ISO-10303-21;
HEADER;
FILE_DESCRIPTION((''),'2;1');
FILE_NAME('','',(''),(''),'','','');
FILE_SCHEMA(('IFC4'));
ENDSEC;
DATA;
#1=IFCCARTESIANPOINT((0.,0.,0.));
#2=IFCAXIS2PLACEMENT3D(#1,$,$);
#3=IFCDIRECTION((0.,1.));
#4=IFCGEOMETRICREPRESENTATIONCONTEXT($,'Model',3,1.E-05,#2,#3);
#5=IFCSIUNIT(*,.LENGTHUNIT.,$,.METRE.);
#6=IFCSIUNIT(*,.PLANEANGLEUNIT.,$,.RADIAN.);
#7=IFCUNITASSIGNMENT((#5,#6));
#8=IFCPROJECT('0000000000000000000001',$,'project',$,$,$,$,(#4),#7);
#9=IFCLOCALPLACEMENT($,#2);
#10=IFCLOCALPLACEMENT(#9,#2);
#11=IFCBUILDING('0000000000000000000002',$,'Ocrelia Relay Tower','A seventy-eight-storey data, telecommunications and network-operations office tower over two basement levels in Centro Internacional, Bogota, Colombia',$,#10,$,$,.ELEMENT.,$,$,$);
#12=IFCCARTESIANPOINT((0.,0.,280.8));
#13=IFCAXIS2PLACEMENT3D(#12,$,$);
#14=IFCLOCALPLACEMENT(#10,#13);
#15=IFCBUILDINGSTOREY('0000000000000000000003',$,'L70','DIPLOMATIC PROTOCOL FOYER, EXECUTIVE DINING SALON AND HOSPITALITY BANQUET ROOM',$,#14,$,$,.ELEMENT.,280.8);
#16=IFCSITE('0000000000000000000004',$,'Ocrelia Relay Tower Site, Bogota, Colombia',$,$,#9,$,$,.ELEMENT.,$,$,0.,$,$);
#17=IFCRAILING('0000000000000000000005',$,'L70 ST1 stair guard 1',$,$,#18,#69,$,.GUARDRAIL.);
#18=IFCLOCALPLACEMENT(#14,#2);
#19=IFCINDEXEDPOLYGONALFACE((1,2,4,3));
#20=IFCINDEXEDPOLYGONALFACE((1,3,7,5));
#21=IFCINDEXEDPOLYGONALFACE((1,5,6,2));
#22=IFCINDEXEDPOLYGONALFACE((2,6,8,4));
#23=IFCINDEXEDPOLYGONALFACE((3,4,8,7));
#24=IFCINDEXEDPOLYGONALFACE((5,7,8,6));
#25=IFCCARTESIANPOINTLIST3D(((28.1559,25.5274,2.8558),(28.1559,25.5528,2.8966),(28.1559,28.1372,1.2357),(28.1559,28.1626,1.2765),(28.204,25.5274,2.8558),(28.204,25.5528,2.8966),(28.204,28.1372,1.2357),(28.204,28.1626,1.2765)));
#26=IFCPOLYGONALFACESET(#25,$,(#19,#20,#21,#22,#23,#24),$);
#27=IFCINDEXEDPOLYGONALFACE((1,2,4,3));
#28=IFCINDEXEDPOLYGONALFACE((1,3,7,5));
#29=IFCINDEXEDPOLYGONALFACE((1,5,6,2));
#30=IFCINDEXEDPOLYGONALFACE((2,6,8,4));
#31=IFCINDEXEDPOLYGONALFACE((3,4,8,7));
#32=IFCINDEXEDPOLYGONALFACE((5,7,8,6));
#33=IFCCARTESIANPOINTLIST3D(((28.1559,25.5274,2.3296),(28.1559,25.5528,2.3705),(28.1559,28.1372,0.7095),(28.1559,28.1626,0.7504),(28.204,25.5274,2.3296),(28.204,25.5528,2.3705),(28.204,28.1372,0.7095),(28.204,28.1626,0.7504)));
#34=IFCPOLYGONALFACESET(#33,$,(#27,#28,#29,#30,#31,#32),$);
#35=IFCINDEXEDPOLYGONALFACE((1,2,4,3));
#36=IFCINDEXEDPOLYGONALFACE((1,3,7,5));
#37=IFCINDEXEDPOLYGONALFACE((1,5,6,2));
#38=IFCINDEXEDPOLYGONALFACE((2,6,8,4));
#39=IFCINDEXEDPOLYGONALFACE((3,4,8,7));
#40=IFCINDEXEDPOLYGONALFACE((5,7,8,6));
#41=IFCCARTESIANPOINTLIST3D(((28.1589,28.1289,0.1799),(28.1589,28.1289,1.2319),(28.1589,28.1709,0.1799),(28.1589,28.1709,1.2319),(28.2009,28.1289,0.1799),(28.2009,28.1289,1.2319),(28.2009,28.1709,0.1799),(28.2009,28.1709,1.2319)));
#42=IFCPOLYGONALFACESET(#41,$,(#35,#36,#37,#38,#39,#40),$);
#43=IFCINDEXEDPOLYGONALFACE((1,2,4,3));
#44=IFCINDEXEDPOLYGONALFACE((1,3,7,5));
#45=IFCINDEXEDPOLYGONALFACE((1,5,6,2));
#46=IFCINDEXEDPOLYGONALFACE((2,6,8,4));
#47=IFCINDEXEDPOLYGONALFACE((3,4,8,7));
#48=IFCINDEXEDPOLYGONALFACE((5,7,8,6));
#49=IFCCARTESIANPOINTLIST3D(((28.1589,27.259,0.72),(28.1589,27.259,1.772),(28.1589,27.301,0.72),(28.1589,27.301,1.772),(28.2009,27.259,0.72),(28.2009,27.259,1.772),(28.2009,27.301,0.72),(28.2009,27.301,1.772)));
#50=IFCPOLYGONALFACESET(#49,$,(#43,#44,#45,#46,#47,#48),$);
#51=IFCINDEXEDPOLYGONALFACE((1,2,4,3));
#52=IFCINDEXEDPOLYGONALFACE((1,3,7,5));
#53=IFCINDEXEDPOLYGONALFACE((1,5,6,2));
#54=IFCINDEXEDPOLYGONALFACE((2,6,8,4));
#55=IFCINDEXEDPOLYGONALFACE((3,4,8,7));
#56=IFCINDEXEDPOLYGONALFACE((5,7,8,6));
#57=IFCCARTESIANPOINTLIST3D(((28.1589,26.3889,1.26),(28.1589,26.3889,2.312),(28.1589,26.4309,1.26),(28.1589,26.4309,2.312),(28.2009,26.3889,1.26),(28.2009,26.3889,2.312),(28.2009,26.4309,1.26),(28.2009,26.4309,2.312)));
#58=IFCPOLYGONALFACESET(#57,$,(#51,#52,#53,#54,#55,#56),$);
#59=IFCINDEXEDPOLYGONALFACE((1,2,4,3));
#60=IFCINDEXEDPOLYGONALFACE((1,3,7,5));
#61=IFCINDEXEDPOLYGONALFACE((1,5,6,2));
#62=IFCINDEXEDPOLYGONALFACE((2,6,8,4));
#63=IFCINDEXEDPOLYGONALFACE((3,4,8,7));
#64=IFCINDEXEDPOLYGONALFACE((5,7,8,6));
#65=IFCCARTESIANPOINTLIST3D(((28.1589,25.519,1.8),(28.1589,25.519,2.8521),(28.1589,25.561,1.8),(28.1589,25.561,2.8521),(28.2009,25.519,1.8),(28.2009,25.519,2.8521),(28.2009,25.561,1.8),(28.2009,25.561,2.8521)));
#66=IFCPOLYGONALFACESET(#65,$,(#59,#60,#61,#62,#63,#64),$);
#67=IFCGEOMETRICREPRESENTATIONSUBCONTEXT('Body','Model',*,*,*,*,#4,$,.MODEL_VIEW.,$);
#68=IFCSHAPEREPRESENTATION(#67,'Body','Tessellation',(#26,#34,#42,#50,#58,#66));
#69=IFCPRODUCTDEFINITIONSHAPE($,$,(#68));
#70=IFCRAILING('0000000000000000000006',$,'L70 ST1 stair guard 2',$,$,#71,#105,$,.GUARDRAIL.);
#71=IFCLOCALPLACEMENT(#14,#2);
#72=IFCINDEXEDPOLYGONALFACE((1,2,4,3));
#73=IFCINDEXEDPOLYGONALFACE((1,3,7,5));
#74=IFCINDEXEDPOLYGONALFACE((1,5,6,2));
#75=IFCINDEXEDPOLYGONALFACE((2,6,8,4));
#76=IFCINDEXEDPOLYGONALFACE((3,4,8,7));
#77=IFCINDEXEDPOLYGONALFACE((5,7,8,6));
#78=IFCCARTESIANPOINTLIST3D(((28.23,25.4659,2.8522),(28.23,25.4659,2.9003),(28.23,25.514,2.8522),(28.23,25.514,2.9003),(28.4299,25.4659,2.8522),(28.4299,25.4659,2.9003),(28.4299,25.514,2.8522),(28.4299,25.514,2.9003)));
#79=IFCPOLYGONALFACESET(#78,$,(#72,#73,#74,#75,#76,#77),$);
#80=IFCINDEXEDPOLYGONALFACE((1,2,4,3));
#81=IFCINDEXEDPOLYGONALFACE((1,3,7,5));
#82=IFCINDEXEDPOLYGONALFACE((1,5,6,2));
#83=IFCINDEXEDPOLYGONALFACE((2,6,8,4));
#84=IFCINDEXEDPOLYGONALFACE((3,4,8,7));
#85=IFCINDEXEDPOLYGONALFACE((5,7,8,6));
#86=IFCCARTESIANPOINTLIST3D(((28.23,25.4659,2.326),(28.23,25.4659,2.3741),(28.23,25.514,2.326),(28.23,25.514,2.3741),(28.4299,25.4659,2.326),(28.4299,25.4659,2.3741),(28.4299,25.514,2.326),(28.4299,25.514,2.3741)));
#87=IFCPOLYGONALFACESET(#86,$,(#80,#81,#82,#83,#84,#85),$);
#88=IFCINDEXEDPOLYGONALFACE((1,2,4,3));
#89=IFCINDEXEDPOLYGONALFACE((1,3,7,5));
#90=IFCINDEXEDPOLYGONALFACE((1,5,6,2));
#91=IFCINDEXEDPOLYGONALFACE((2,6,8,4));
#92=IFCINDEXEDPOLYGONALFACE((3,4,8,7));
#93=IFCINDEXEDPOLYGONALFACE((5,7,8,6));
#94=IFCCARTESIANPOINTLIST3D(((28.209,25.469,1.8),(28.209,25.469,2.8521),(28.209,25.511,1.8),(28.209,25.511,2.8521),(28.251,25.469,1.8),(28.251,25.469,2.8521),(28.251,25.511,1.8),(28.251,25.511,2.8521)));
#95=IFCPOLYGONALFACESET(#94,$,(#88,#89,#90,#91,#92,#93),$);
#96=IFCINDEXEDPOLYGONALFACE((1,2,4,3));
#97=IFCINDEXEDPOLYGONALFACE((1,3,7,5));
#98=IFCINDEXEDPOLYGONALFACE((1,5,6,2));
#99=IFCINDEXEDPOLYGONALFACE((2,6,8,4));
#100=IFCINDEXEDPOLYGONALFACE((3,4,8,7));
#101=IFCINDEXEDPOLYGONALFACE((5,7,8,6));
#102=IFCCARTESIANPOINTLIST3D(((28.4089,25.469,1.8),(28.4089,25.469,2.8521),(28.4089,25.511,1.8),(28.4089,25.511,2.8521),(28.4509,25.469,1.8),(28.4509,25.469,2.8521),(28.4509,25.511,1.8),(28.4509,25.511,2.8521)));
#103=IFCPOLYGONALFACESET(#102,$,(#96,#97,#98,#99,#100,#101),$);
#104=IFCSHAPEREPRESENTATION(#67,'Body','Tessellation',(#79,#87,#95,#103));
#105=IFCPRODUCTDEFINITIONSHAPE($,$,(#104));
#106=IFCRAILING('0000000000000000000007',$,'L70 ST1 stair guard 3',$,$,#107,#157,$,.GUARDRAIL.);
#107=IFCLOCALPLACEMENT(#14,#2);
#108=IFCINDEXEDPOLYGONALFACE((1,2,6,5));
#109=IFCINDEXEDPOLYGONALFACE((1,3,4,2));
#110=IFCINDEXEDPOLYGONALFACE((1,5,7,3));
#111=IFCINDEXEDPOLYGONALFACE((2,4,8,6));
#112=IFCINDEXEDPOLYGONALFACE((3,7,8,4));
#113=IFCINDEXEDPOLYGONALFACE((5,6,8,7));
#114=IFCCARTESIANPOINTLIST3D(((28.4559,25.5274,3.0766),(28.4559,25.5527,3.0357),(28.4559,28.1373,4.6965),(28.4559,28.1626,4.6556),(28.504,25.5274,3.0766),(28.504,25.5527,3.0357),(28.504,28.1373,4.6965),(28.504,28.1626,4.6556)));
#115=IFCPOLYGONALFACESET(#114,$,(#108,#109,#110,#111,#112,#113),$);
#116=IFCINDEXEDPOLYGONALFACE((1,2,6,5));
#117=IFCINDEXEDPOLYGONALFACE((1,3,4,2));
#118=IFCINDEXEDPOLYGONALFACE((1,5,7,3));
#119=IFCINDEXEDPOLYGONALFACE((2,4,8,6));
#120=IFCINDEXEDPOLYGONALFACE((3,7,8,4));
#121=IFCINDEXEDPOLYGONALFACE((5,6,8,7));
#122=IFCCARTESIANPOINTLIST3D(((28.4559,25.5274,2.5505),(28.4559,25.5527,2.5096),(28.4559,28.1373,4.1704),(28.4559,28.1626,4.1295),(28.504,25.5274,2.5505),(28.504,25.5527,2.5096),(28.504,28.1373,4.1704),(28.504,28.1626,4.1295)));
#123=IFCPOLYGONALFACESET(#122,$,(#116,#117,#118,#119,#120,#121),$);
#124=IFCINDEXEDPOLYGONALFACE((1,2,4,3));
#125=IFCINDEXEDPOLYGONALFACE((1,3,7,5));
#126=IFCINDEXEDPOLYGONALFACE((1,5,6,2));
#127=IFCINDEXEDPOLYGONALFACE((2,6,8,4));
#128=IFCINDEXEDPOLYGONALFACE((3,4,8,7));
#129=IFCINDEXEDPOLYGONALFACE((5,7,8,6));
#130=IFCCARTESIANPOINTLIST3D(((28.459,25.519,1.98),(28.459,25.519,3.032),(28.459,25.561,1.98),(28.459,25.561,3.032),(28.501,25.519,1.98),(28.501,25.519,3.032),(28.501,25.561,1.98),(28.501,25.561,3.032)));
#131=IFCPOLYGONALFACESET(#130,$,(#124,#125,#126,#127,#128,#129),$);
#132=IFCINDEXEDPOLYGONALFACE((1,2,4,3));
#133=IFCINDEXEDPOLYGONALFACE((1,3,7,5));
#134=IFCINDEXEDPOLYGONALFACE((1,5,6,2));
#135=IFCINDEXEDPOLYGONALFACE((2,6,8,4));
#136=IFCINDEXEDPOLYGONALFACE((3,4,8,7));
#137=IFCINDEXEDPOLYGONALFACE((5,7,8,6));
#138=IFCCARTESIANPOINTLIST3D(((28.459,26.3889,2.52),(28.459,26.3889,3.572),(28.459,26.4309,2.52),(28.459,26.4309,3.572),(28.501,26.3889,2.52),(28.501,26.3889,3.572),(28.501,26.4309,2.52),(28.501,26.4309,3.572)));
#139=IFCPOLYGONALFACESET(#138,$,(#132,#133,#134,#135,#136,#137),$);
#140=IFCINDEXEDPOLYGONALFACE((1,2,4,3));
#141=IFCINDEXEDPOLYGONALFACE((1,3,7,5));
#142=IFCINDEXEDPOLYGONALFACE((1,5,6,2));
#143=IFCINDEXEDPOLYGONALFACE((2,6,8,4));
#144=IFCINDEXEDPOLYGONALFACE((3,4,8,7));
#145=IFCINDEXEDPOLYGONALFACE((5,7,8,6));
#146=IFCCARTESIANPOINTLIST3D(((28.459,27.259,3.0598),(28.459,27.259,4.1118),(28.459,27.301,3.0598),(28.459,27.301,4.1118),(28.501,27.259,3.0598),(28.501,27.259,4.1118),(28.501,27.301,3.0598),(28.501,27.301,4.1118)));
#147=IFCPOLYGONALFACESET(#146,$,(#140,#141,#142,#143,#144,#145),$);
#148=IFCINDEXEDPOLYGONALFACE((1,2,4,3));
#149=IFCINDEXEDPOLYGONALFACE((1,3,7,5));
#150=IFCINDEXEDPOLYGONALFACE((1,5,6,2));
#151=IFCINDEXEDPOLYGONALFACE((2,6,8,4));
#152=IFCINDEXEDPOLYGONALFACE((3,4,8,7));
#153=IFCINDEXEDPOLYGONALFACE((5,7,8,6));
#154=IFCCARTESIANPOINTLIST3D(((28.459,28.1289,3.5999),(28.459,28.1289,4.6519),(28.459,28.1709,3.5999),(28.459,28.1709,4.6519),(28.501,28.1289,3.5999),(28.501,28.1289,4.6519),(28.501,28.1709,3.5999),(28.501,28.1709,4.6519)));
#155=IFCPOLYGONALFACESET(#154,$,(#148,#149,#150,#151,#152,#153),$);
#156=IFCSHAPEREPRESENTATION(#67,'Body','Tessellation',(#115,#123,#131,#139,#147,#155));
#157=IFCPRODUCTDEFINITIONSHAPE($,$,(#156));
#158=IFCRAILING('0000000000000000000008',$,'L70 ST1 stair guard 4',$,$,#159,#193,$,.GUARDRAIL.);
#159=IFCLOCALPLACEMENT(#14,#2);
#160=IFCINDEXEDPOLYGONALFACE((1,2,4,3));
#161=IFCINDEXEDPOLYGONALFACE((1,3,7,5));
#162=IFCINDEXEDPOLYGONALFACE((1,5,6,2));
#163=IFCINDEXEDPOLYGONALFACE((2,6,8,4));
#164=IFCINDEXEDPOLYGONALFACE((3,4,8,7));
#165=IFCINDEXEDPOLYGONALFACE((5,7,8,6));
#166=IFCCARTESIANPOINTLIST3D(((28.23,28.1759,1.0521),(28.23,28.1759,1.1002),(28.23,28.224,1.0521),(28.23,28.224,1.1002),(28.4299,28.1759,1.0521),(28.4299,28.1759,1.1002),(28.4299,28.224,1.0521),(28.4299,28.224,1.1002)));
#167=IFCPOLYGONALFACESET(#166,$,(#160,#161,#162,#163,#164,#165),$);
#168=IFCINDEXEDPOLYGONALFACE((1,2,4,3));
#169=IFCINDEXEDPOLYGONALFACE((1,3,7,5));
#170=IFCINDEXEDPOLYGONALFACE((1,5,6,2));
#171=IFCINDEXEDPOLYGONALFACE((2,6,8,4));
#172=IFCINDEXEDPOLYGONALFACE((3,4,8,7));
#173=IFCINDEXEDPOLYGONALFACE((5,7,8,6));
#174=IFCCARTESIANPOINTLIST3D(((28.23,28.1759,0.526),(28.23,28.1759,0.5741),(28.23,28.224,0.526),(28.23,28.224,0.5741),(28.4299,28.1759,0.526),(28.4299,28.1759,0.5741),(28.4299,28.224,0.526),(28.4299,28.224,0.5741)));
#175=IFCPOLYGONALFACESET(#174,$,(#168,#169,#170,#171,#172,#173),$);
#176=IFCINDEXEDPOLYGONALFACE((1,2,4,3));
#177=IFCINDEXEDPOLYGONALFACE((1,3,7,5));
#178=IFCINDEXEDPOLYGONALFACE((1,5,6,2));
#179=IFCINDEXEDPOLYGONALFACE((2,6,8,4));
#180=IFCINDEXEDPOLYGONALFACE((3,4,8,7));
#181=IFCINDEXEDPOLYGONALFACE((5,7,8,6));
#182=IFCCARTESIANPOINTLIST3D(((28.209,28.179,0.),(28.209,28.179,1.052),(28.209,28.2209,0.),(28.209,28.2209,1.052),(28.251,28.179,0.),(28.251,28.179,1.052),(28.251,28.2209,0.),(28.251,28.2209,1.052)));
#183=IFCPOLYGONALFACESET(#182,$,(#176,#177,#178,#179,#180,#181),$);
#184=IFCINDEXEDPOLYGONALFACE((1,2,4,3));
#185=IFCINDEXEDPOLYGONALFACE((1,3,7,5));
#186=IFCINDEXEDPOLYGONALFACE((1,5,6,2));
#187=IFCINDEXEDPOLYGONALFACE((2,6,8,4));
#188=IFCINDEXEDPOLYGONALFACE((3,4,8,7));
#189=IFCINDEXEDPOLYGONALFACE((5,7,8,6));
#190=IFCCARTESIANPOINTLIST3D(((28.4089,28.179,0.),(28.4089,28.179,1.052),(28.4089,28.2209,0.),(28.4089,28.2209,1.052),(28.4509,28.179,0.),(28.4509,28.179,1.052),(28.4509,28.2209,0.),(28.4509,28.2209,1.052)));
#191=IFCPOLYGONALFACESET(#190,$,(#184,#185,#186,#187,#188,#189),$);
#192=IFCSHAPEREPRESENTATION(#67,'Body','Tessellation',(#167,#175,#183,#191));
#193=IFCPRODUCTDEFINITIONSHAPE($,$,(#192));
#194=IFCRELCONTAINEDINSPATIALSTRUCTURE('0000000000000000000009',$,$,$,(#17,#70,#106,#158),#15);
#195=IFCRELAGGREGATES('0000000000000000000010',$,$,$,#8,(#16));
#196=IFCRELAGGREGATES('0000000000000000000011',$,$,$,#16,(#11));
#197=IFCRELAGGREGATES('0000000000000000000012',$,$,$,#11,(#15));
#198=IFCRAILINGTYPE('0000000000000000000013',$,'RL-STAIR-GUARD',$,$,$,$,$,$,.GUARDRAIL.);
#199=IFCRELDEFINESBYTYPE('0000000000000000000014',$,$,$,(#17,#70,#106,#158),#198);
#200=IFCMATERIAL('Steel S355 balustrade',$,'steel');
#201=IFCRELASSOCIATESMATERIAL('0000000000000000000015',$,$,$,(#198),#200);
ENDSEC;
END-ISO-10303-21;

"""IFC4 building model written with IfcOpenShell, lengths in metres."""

from ifc_helpers import new_model, si_unit, direction, frame, origin, origin_2d, place, context, subcontext, project, spatial, rectangle, extrude, material, type_object, element, save


model = new_model("IFC4")

# Units and contexts
model_context = context("Model", 3, precision=1e-05, world=origin(), true_north=direction((0.0, 1.0)))
body_context = subcontext(model_context, "Body", "Model", "MODEL_VIEW")
ifc_project = project(units=[si_unit("LENGTHUNIT", "METRE"), si_unit("PLANEANGLEUNIT", "RADIAN")], contexts=[model_context])

# Site, building, storey
site_placement = place(None, origin())
site = spatial("IfcSite", under=ifc_project, at=site_placement, Name="Ocrelia Relay Tower Site, Bogota, Colombia", CompositionType="ELEMENT", RefElevation=0.0)
building_placement = place(site_placement, origin())
building = spatial("IfcBuilding", under=site, at=building_placement, Name="Ocrelia Relay Tower", Description="A seventy-eight-storey data, telecommunications and network-operations office tower over two basement levels in Centro Internacional, Bogota, Colombia", CompositionType="ELEMENT")
storey_placement = place(building_placement, frame((0.0, 0.0, 280.8)))
storey = spatial("IfcBuildingStorey", under=building, at=storey_placement, Name="L70", Description="DIPLOMATIC PROTOCOL FOYER, EXECUTIVE DINING SALON AND HOSPITALITY BANQUET ROOM", CompositionType="ELEMENT", Elevation=280.8)

# Railings
ifc_material_1 = material(Name="Steel S355 balustrade", Category="steel")
railing_type_1 = type_object("IfcRailingType", Name="RL-STAIR-GUARD", PredefinedType="GUARDRAIL", material=ifc_material_1)
railing_1_placement = place(storey_placement, frame((28.1799, 28.1499, 0.1799)))
element("IfcRailing", 1, at=railing_1_placement, inside=storey, type_object=railing_type_1, Name="L70 ST1 stair guard 1", PredefinedType="GUARDRAIL", context=body_context, shape_type="SweptSolid", body=[
    extrude(rectangle(XDim=0.0481, YDim=0.0481, at=origin_2d()), frame((0.0, 0.0, 1.0762), z_axis=(0.0, -0.849611, 0.52741), x_axis=(1.0, 0.0, 0.0)), (0.0, 0.0, 1.0), 3.0718),
    extrude(rectangle(XDim=0.0481, YDim=0.0481, at=origin_2d()), frame((0.0, 0.0, 0.55), z_axis=(0.0, -0.849611, 0.52741), x_axis=(1.0, 0.0, 0.0)), (0.0, 0.0, 1.0), 3.0718),
    extrude(rectangle(XDim=0.042, YDim=0.042, at=origin_2d()), origin(), (0.0, 0.0, 1.0), 1.052),
    extrude(rectangle(XDim=0.042, YDim=0.042, at=origin_2d()), frame((0.0, -0.8699, 0.54)), (0.0, 0.0, 1.0), 1.052),
    extrude(rectangle(XDim=0.042, YDim=0.042, at=origin_2d()), frame((0.0, -1.74, 1.0801)), (0.0, 0.0, 1.0), 1.052),
    extrude(rectangle(XDim=0.042, YDim=0.042, at=origin_2d()), frame((0.0, -2.6099, 1.6201)), (0.0, 0.0, 1.0), 1.052),
])
railing_2_placement = place(storey_placement, frame((28.23, 25.49, 1.8)))
element("IfcRailing", 2, at=railing_2_placement, inside=storey, type_object=railing_type_1, Name="L70 ST1 stair guard 2", PredefinedType="GUARDRAIL", context=body_context, shape_type="SweptSolid", body=[
    extrude(rectangle(XDim=0.0481, YDim=0.0481, at=origin_2d()), frame((0.0, 0.0, 1.0762), z_axis=(1.0, 0.0, 0.0), x_axis=(0.0, 1.0, 0.0)), (0.0, 0.0, 1.0), 0.2),
    extrude(rectangle(XDim=0.0481, YDim=0.0481, at=origin_2d()), frame((0.0, 0.0, 0.55), z_axis=(1.0, 0.0, 0.0), x_axis=(0.0, 1.0, 0.0)), (0.0, 0.0, 1.0), 0.2),
    extrude(rectangle(XDim=0.042, YDim=0.042, at=origin_2d()), origin(), (0.0, 0.0, 1.0), 1.052),
    extrude(rectangle(XDim=0.042, YDim=0.042, at=origin_2d()), frame((0.2, 0.0, 0.0)), (0.0, 0.0, 1.0), 1.052),
])
railing_3_placement = place(storey_placement, frame((28.48, 25.54, 1.98)))
element("IfcRailing", 3, at=railing_3_placement, inside=storey, type_object=railing_type_1, Name="L70 ST1 stair guard 3", PredefinedType="GUARDRAIL", context=body_context, shape_type="SweptSolid", body=[
    extrude(rectangle(XDim=0.0481, YDim=0.0481, at=origin_2d()), frame((0.0, 0.0, 1.0762), z_axis=(0.0, 0.849646, 0.527353), x_axis=(-1.0, 0.0, 0.0)), (0.0, 0.0, 1.0), 3.0718),
    extrude(rectangle(XDim=0.0481, YDim=0.0481, at=origin_2d()), frame((0.0, 0.0, 0.55), z_axis=(0.0, 0.849646, 0.527353), x_axis=(-1.0, 0.0, 0.0)), (0.0, 0.0, 1.0), 3.0718),
    extrude(rectangle(XDim=0.042, YDim=0.042, at=origin_2d()), origin(), (0.0, 0.0, 1.0), 1.052),
    extrude(rectangle(XDim=0.042, YDim=0.042, at=origin_2d()), frame((0.0, 0.8699, 0.54)), (0.0, 0.0, 1.0), 1.052),
    extrude(rectangle(XDim=0.042, YDim=0.042, at=origin_2d()), frame((0.0, 1.74, 1.0798)), (0.0, 0.0, 1.0), 1.052),
    extrude(rectangle(XDim=0.042, YDim=0.042, at=origin_2d()), frame((0.0, 2.6099, 1.6199)), (0.0, 0.0, 1.0), 1.052),
])
railing_4_placement = place(storey_placement, frame((28.23, 28.2, 0.0)))
element("IfcRailing", 4, at=railing_4_placement, inside=storey, type_object=railing_type_1, Name="L70 ST1 stair guard 4", PredefinedType="GUARDRAIL", context=body_context, shape_type="SweptSolid", body=[
    extrude(rectangle(XDim=0.0481, YDim=0.0481, at=origin_2d()), frame((0.0, 0.0, 1.0762), z_axis=(1.0, 0.0, 0.0), x_axis=(0.0, 1.0, 0.0)), (0.0, 0.0, 1.0), 0.2),
    extrude(rectangle(XDim=0.0481, YDim=0.0481, at=origin_2d()), frame((0.0, 0.0, 0.55), z_axis=(1.0, 0.0, 0.0), x_axis=(0.0, 1.0, 0.0)), (0.0, 0.0, 1.0), 0.2),
    extrude(rectangle(XDim=0.042, YDim=0.042, at=origin_2d()), origin(), (0.0, 0.0, 1.0), 1.052),
    extrude(rectangle(XDim=0.042, YDim=0.042, at=origin_2d()), frame((0.2, 0.0, 0.0)), (0.0, 0.0, 1.0), 1.052),
])

save(model, "model.ifc")
